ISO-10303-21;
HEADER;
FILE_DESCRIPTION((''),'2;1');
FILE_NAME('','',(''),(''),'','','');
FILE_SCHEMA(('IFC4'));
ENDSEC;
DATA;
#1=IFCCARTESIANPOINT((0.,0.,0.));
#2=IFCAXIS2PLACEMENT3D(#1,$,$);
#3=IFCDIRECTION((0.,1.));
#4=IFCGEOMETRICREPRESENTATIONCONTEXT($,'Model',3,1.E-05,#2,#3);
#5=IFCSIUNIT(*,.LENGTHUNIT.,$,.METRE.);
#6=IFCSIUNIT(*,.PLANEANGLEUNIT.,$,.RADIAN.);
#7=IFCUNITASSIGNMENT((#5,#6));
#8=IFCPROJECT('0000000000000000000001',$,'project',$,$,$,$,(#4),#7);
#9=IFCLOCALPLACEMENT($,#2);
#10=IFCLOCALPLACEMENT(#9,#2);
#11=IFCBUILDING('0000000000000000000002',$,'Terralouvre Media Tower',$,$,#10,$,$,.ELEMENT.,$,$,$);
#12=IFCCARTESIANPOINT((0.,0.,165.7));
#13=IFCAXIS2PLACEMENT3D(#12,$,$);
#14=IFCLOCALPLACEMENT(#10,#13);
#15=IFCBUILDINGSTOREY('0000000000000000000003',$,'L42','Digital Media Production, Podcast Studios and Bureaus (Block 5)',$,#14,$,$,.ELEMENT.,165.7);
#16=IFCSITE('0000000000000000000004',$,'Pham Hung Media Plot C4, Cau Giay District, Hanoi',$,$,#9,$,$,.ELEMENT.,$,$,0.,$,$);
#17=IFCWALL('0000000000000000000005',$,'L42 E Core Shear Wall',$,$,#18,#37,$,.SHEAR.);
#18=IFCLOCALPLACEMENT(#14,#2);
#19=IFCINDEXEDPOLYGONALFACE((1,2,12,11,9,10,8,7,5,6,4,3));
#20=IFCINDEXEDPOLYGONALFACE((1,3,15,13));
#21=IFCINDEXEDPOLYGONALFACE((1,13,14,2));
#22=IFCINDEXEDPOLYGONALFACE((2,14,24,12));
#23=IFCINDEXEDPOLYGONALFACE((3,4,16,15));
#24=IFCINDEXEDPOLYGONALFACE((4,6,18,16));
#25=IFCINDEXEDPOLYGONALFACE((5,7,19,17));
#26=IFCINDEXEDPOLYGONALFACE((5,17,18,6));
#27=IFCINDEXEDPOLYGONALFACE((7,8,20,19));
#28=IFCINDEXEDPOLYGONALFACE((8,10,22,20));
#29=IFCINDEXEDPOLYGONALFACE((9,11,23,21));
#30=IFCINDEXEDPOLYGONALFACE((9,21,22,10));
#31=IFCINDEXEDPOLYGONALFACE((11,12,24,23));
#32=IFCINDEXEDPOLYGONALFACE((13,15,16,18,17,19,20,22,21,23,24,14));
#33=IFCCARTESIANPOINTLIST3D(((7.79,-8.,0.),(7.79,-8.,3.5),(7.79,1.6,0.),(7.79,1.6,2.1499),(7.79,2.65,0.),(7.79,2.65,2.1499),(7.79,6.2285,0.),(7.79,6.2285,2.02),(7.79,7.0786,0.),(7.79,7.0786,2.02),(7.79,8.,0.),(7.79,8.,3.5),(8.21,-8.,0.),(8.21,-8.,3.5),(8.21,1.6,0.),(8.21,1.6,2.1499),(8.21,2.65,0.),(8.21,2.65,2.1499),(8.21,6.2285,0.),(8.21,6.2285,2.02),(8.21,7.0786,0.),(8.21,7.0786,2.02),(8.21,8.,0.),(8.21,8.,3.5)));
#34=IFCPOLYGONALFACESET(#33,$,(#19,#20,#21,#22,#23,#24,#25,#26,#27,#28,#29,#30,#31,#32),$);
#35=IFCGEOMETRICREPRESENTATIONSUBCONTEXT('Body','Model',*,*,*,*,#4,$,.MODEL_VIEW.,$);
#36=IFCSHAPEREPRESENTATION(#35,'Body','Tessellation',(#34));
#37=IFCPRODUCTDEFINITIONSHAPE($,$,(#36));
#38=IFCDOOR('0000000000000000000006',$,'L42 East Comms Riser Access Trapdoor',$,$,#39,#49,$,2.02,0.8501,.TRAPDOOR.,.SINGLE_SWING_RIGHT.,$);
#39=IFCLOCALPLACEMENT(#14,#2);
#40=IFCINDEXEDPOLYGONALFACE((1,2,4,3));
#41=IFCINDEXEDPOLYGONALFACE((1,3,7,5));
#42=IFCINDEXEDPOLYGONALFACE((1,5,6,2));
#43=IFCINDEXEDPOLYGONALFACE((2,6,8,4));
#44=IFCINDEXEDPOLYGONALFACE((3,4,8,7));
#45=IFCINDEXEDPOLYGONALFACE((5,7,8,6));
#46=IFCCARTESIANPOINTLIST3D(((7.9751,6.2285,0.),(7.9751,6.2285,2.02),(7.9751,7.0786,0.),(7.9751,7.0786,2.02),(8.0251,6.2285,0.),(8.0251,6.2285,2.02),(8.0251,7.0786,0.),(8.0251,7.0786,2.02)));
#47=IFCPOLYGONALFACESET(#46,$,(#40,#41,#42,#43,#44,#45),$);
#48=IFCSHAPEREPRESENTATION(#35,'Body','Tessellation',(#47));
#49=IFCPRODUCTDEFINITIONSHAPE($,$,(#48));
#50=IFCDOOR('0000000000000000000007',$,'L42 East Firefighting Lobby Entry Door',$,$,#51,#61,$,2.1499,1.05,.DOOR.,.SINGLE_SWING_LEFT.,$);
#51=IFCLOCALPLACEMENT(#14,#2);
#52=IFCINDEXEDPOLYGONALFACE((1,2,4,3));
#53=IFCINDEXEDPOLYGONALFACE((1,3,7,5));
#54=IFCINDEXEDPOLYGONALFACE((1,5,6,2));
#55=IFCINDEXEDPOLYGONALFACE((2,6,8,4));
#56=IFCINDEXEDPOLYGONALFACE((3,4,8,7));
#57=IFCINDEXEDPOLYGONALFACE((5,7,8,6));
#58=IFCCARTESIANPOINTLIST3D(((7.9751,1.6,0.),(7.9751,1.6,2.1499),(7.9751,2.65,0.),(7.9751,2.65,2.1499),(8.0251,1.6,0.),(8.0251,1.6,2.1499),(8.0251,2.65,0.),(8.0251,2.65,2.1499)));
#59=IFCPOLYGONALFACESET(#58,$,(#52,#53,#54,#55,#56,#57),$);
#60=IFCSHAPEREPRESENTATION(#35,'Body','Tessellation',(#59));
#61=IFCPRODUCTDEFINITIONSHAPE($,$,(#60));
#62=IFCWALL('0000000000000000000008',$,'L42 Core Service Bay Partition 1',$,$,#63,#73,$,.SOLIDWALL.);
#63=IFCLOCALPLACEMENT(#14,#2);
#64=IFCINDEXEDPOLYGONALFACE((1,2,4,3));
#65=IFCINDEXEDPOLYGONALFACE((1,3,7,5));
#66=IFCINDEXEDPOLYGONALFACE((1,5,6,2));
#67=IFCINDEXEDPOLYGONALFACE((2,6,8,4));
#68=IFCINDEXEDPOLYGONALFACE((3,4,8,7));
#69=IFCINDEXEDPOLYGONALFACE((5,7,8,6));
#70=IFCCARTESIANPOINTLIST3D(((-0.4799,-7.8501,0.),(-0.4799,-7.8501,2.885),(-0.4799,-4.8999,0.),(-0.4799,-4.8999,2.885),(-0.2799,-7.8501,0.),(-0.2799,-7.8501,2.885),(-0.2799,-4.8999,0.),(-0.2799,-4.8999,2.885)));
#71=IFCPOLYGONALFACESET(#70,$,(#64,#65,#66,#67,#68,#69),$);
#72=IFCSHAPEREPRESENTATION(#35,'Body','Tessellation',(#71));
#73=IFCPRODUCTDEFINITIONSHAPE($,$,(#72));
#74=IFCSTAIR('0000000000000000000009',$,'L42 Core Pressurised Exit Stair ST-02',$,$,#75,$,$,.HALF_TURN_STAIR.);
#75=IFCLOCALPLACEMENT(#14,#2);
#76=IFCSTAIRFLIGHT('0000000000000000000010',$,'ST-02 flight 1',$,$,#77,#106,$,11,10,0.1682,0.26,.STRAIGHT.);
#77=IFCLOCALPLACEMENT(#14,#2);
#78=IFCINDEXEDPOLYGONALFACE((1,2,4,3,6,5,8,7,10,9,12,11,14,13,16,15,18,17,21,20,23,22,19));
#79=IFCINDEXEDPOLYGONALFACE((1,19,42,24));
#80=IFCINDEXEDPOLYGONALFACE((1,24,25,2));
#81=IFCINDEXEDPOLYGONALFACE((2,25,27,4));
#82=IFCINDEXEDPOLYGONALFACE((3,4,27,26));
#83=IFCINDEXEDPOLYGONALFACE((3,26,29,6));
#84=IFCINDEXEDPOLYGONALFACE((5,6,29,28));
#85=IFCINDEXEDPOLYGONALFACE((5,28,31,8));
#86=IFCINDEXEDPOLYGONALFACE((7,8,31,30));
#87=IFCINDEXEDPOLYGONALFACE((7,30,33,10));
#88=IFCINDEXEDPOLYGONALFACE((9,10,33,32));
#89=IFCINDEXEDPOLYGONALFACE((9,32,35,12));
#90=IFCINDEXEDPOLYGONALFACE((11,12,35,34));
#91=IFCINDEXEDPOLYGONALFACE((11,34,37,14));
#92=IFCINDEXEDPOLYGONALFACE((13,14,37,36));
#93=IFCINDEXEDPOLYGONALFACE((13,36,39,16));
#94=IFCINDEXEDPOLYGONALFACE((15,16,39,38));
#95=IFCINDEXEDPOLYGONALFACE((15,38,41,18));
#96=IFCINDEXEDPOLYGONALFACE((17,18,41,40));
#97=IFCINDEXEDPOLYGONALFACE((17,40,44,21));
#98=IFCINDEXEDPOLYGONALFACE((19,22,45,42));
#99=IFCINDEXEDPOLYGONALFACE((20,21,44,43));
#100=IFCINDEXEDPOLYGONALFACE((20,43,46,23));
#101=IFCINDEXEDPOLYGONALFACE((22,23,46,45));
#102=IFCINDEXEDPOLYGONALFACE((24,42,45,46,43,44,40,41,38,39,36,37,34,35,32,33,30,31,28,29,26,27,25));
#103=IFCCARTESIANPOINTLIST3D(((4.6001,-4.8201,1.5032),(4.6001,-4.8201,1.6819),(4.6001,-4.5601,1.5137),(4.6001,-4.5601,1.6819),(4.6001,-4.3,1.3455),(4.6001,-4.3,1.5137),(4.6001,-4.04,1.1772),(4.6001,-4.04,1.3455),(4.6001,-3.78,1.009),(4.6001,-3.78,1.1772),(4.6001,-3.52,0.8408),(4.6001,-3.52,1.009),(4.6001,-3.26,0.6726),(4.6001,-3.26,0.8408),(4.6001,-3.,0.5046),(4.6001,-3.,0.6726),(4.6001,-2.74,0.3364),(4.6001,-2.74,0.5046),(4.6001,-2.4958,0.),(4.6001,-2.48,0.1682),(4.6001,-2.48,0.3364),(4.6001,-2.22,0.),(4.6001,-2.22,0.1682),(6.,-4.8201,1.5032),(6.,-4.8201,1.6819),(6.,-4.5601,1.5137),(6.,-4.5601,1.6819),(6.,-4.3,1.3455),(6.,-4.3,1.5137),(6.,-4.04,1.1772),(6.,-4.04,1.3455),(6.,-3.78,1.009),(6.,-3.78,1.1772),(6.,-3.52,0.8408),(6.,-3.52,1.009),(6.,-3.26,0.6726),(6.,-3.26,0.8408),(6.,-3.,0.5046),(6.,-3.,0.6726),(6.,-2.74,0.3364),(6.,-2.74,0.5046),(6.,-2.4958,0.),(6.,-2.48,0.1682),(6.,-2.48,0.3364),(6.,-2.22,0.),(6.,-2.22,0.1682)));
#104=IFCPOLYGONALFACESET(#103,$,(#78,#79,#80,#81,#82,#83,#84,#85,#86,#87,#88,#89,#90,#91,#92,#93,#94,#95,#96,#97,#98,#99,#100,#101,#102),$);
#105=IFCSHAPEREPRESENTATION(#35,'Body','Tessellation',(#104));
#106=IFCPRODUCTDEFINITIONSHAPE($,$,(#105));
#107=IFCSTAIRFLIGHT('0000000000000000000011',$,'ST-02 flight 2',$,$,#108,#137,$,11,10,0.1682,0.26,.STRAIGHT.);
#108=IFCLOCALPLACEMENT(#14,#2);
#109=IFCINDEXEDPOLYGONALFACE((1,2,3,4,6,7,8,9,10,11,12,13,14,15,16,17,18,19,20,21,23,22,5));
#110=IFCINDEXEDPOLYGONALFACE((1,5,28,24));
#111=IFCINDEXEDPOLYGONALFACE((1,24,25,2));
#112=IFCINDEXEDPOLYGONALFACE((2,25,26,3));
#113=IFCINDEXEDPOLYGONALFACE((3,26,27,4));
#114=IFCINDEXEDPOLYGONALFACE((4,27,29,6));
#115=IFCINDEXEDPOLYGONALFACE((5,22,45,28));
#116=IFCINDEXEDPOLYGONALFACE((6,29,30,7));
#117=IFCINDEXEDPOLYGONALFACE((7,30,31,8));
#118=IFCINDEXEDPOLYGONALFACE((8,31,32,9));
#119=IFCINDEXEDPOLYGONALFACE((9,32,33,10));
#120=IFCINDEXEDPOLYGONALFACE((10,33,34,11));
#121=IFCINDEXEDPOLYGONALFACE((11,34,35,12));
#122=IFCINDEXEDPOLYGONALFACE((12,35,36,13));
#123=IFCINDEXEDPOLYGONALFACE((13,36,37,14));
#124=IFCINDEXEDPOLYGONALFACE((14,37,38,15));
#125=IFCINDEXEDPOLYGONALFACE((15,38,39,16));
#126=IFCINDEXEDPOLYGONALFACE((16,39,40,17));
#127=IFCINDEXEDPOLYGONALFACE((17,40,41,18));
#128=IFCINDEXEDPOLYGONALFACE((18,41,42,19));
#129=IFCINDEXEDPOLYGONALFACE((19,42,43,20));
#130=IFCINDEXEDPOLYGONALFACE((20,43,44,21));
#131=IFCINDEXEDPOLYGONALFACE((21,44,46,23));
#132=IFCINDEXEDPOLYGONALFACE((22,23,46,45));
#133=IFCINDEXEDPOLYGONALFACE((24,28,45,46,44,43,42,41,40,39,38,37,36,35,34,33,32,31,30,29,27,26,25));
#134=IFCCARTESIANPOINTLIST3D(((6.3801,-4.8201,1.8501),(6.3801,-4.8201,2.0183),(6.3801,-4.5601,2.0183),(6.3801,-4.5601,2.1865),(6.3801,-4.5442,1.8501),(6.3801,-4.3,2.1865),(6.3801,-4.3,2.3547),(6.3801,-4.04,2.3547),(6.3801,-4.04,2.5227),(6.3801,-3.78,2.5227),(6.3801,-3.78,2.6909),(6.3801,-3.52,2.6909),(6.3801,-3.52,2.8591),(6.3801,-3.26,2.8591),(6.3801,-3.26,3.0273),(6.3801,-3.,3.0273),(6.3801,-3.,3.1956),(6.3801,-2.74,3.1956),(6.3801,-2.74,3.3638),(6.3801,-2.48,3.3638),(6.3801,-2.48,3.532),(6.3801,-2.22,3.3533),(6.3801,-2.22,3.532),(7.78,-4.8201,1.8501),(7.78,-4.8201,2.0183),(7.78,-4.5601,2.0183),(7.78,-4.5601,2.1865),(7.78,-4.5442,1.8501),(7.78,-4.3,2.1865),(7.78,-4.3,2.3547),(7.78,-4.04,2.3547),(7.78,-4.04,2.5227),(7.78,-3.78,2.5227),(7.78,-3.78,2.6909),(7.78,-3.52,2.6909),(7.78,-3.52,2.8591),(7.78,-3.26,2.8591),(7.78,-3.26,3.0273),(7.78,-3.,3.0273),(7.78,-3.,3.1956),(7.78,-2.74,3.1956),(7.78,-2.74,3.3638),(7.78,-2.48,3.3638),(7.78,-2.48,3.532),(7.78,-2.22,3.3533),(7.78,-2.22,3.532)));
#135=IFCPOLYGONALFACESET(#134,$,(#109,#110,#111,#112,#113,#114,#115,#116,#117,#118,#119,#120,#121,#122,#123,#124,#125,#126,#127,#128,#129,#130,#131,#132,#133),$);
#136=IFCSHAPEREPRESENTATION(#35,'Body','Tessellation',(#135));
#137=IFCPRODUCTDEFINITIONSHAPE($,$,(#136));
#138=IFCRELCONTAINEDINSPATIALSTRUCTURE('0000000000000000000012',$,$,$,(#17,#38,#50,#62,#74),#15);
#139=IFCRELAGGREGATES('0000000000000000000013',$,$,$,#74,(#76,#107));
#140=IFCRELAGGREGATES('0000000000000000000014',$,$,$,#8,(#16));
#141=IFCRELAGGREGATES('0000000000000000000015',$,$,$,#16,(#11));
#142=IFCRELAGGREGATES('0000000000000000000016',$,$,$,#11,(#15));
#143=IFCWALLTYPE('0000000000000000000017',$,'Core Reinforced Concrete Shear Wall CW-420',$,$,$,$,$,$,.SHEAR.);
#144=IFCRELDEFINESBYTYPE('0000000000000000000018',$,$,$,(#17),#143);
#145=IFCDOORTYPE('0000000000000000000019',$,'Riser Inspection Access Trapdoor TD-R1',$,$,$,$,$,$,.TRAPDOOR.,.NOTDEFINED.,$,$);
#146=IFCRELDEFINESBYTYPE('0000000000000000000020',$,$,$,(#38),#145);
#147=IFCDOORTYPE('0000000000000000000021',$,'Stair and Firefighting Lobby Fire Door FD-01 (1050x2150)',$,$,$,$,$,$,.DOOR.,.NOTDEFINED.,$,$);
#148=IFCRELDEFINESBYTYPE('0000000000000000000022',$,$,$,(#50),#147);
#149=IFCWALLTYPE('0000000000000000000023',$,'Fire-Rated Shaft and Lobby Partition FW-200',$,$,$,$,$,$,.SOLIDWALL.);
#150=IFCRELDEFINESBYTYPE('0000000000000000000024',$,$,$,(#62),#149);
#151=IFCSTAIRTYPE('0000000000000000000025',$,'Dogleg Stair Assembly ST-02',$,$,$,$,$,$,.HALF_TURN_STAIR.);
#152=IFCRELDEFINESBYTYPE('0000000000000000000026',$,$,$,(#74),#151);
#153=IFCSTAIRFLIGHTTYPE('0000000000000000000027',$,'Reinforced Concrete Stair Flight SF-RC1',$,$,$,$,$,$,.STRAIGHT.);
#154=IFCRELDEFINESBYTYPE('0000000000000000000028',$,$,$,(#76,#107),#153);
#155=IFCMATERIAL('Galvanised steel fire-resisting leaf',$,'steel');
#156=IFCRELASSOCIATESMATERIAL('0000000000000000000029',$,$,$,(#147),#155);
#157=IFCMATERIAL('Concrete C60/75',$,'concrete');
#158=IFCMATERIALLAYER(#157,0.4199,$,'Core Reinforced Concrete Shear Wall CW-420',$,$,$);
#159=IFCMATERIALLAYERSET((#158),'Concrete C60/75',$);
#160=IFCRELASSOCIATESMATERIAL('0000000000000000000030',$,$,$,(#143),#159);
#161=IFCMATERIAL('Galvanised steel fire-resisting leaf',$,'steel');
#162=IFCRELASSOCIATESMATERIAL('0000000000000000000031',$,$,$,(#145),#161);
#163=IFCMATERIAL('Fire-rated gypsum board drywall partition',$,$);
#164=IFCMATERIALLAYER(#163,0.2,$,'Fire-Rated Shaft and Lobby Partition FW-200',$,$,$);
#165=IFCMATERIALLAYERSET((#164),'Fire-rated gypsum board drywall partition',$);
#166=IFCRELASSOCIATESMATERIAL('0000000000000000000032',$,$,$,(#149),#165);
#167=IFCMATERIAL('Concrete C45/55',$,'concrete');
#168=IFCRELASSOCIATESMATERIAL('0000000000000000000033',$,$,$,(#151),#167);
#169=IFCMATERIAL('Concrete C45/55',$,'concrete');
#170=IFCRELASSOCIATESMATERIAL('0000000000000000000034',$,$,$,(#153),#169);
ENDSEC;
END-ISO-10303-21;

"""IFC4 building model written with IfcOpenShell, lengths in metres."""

from ifc_helpers import new_model, si_unit, direction, frame, frame_2d, origin, place, context, subcontext, project, spatial, polyline, rectangle, outline, extrude, material, layer, layer_set, type_object, element, fill, aggregate, save


model = new_model("IFC4")

# Units and contexts
model_context = context("Model", 3, precision=1e-05, world=origin(), true_north=direction((0.0, 1.0)))
body_context = subcontext(model_context, "Body", "Model", "MODEL_VIEW")
ifc_project = project(units=[si_unit("LENGTHUNIT", "METRE"), si_unit("PLANEANGLEUNIT", "RADIAN")], contexts=[model_context])

# Site, building, storey
site_placement = place(None, origin())
site = spatial("IfcSite", under=ifc_project, at=site_placement, Name="Pham Hung Media Plot C4, Cau Giay District, Hanoi", CompositionType="ELEMENT", RefElevation=0.0)
building_placement = place(site_placement, origin())
building = spatial("IfcBuilding", under=site, at=building_placement, Name="Terralouvre Media Tower", CompositionType="ELEMENT")
storey_placement = place(building_placement, frame((0.0, 0.0, 165.7)))
storey = spatial("IfcBuildingStorey", under=building, at=storey_placement, Name="L42", Description="Digital Media Production, Podcast Studios and Bureaus (Block 5)", CompositionType="ELEMENT", Elevation=165.7)

# Shared definitions
ifc_material_1 = material(Name="Galvanised steel fire-resisting leaf", Category="steel")
door_type_1 = type_object("IfcDoorType", Name="Stair and Firefighting Lobby Fire Door FD-01 (1050x2150)", OperationType="NOTDEFINED", PredefinedType="DOOR", material=ifc_material_1)

# Wall, openings, doors
ifc_material_2 = material(Name="Concrete C60/75", Category="concrete")
ifc_layer_1 = layer(ifc_material_2, 0.4199, Name="Core Reinforced Concrete Shear Wall CW-420")
ifc_layer_set_1 = layer_set([ifc_layer_1], Name="Concrete C60/75")
wall_type_1 = type_object("IfcWallType", Name="Core Reinforced Concrete Shear Wall CW-420", PredefinedType="SHEAR", material=ifc_layer_set_1)
wall_1_placement = place(storey_placement, frame((8.0, -8.0, 0.0), z_axis=(0.0, 0.0, 1.0), x_axis=(0.0, 1.0, 0.0)))
wall_1 = element("IfcWall", 1, at=wall_1_placement, inside=storey, type_object=wall_type_1, Name="L42 E Core Shear Wall", PredefinedType="SHEAR", context=body_context, shape_type="SweptSolid", body=[
    extrude(rectangle(XDim=16.0, YDim=0.4199, at=frame_2d((8.0, 0.0))), origin(), (0.0, 0.0, 1.0), 3.5),
])
opening_1_placement = place(wall_1_placement, frame((9.6001, 0.0, 0.0)))
opening_1 = element("IfcOpeningElement", 2, at=opening_1_placement, cuts=wall_1, PredefinedType="OPENING", context=body_context, shape_type="SweptSolid", body=[
    extrude(rectangle(XDim=1.05, YDim=2.1499, at=frame_2d((0.5249, 1.075))), frame((0.0, 0.22, 0.0), z_axis=(0.0, -1.0, 0.0), x_axis=(1.0, 0.0, 0.0)), (0.0, 0.0, 1.0), 0.4399),
])
opening_2_placement = place(wall_1_placement, frame((14.2285, 0.0, 0.0)))
opening_2 = element("IfcOpeningElement", 3, at=opening_2_placement, cuts=wall_1, PredefinedType="OPENING", context=body_context, shape_type="SweptSolid", body=[
    extrude(rectangle(XDim=0.8501, YDim=2.02, at=frame_2d((0.425, 1.01))), frame((0.0, 0.22, 0.0), z_axis=(0.0, -1.0, 0.0), x_axis=(1.0, 0.0, 0.0)), (0.0, 0.0, 1.0), 0.4399),
])
ifc_material_3 = material(Name="Galvanised steel fire-resisting leaf", Category="steel")
door_type_2 = type_object("IfcDoorType", Name="Riser Inspection Access Trapdoor TD-R1", OperationType="NOTDEFINED", PredefinedType="TRAPDOOR", material=ifc_material_3)
door_1_placement = place(opening_2_placement, origin())
door_1 = element("IfcDoor", 4, at=door_1_placement, inside=storey, type_object=door_type_2, Name="L42 East Comms Riser Access Trapdoor", OperationType="SINGLE_SWING_RIGHT", OverallHeight=2.02, OverallWidth=0.8501, PredefinedType="TRAPDOOR", context=body_context, shape_type="SweptSolid", body=[
    extrude(rectangle(XDim=0.8501, YDim=2.02, at=frame_2d((0.425, 1.01))), frame((0.0, 0.0249, 0.0), z_axis=(0.0, -1.0, 0.0), x_axis=(1.0, 0.0, 0.0)), (0.0, 0.0, 1.0), 0.05),
])
fill(opening_2, door_1)
door_2_placement = place(opening_1_placement, origin())
door_2 = element("IfcDoor", 5, at=door_2_placement, inside=storey, type_object=door_type_1, Name="L42 East Firefighting Lobby Entry Door", OperationType="SINGLE_SWING_LEFT", OverallHeight=2.1499, OverallWidth=1.05, PredefinedType="DOOR", context=body_context, shape_type="SweptSolid", body=[
    extrude(rectangle(XDim=1.05, YDim=2.1499, at=frame_2d((0.5249, 1.075))), frame((0.0, 0.0249, 0.0), z_axis=(0.0, -1.0, 0.0), x_axis=(1.0, 0.0, 0.0)), (0.0, 0.0, 1.0), 0.05),
])
fill(opening_1, door_2)

# Wall
ifc_material_4 = material(Name="Fire-rated gypsum board drywall partition")
ifc_layer_2 = layer(ifc_material_4, 0.2, Name="Fire-Rated Shaft and Lobby Partition FW-200")
ifc_layer_set_2 = layer_set([ifc_layer_2], Name="Fire-rated gypsum board drywall partition")
wall_type_2 = type_object("IfcWallType", Name="Fire-Rated Shaft and Lobby Partition FW-200", PredefinedType="SOLIDWALL", material=ifc_layer_set_2)
wall_2_placement = place(storey_placement, frame((-0.3799, -7.8501, 0.0), z_axis=(0.0, 0.0, 1.0), x_axis=(0.0, 1.0, 0.0)))
element("IfcWall", 6, at=wall_2_placement, inside=storey, type_object=wall_type_2, Name="L42 Core Service Bay Partition 1", PredefinedType="SOLIDWALL", context=body_context, shape_type="SweptSolid", body=[
    extrude(rectangle(XDim=2.9502, YDim=0.2, at=frame_2d((1.4751, 0.0))), origin(), (0.0, 0.0, 1.0), 2.885),
])

# Stair, stair flights
ifc_material_5 = material(Name="Concrete C45/55", Category="concrete")
stair_type = type_object("IfcStairType", Name="Dogleg Stair Assembly ST-02", PredefinedType="HALF_TURN_STAIR", material=ifc_material_5)
stair_placement = place(storey_placement, origin())
stair = element("IfcStair", 7, at=stair_placement, inside=storey, type_object=stair_type, Name="L42 Core Pressurised Exit Stair ST-02", PredefinedType="HALF_TURN_STAIR")
ifc_material_6 = material(Name="Concrete C45/55", Category="concrete")
stair_flight_type = type_object("IfcStairFlightType", Name="Reinforced Concrete Stair Flight SF-RC1", PredefinedType="STRAIGHT", material=ifc_material_6)
stair_flight_1_placement = place(storey_placement, frame((5.3, -2.22, 0.0), z_axis=(0.0, 0.0, 1.0), x_axis=(0.0, -1.0, 0.0)))
stair_flight_1 = element("IfcStairFlight", 8, at=stair_flight_1_placement, type_object=stair_flight_type, Name="ST-02 flight 1", NumberOfRisers=11, NumberOfTreads=10, PredefinedType="STRAIGHT", RiserHeight=0.1682, TreadLength=0.26, context=body_context, shape_type="SweptSolid", body=[
    extrude(outline(polyline([(0.0, 0.0), (0.0, 0.1682), (0.26, 0.1682), (0.26, 0.3364), (0.52, 0.3364), (0.52, 0.5046), (0.78, 0.5046), (0.78, 0.6726), (1.04, 0.6726), (1.04, 0.8408), (1.3, 0.8408), (1.3, 1.009), (1.5601, 1.009), (1.5601, 1.1772), (1.8201, 1.1772), (1.8201, 1.3455), (2.0801, 1.3455), (2.0801, 1.5137), (2.3401, 1.5137), (2.3401, 1.6819), (2.6001, 1.6819), (2.6001, 1.8501), (2.6001, 1.5032), (0.2759, 0.0), (0.0, 0.0)])), frame((0.0, 0.7, 0.0), z_axis=(0.0, -1.0, 0.0), x_axis=(1.0, 0.0, 0.0)), (0.0, 0.0, 1.0), 1.3999),
])
stair_flight_2_placement = place(storey_placement, frame((7.0801, -4.8201, 1.8501), z_axis=(0.0, 0.0, 1.0), x_axis=(0.0, 1.0, 0.0)))
stair_flight_2 = element("IfcStairFlight", 9, at=stair_flight_2_placement, type_object=stair_flight_type, Name="ST-02 flight 2", NumberOfRisers=11, NumberOfTreads=10, PredefinedType="STRAIGHT", RiserHeight=0.1682, TreadLength=0.26, context=body_context, shape_type="SweptSolid", body=[
    extrude(outline(polyline([(0.0, 0.0), (0.0, 0.1682), (0.26, 0.1682), (0.26, 0.3364), (0.52, 0.3364), (0.52, 0.5046), (0.78, 0.5046), (0.78, 0.6726), (1.04, 0.6726), (1.04, 0.8408), (1.3, 0.8408), (1.3, 1.009), (1.5601, 1.009), (1.5601, 1.1772), (1.8201, 1.1772), (1.8201, 1.3455), (2.0801, 1.3455), (2.0801, 1.5137), (2.3401, 1.5137), (2.3401, 1.6819), (2.6001, 1.6819), (2.6001, 1.8501), (2.6001, 1.5032), (0.2759, 0.0), (0.0, 0.0)])), frame((0.0, 0.7, 0.0), z_axis=(0.0, -1.0, 0.0), x_axis=(1.0, 0.0, 0.0)), (0.0, 0.0, 1.0), 1.3999),
])
aggregate(stair, [stair_flight_1, stair_flight_2])

save(model, "model.ifc")
